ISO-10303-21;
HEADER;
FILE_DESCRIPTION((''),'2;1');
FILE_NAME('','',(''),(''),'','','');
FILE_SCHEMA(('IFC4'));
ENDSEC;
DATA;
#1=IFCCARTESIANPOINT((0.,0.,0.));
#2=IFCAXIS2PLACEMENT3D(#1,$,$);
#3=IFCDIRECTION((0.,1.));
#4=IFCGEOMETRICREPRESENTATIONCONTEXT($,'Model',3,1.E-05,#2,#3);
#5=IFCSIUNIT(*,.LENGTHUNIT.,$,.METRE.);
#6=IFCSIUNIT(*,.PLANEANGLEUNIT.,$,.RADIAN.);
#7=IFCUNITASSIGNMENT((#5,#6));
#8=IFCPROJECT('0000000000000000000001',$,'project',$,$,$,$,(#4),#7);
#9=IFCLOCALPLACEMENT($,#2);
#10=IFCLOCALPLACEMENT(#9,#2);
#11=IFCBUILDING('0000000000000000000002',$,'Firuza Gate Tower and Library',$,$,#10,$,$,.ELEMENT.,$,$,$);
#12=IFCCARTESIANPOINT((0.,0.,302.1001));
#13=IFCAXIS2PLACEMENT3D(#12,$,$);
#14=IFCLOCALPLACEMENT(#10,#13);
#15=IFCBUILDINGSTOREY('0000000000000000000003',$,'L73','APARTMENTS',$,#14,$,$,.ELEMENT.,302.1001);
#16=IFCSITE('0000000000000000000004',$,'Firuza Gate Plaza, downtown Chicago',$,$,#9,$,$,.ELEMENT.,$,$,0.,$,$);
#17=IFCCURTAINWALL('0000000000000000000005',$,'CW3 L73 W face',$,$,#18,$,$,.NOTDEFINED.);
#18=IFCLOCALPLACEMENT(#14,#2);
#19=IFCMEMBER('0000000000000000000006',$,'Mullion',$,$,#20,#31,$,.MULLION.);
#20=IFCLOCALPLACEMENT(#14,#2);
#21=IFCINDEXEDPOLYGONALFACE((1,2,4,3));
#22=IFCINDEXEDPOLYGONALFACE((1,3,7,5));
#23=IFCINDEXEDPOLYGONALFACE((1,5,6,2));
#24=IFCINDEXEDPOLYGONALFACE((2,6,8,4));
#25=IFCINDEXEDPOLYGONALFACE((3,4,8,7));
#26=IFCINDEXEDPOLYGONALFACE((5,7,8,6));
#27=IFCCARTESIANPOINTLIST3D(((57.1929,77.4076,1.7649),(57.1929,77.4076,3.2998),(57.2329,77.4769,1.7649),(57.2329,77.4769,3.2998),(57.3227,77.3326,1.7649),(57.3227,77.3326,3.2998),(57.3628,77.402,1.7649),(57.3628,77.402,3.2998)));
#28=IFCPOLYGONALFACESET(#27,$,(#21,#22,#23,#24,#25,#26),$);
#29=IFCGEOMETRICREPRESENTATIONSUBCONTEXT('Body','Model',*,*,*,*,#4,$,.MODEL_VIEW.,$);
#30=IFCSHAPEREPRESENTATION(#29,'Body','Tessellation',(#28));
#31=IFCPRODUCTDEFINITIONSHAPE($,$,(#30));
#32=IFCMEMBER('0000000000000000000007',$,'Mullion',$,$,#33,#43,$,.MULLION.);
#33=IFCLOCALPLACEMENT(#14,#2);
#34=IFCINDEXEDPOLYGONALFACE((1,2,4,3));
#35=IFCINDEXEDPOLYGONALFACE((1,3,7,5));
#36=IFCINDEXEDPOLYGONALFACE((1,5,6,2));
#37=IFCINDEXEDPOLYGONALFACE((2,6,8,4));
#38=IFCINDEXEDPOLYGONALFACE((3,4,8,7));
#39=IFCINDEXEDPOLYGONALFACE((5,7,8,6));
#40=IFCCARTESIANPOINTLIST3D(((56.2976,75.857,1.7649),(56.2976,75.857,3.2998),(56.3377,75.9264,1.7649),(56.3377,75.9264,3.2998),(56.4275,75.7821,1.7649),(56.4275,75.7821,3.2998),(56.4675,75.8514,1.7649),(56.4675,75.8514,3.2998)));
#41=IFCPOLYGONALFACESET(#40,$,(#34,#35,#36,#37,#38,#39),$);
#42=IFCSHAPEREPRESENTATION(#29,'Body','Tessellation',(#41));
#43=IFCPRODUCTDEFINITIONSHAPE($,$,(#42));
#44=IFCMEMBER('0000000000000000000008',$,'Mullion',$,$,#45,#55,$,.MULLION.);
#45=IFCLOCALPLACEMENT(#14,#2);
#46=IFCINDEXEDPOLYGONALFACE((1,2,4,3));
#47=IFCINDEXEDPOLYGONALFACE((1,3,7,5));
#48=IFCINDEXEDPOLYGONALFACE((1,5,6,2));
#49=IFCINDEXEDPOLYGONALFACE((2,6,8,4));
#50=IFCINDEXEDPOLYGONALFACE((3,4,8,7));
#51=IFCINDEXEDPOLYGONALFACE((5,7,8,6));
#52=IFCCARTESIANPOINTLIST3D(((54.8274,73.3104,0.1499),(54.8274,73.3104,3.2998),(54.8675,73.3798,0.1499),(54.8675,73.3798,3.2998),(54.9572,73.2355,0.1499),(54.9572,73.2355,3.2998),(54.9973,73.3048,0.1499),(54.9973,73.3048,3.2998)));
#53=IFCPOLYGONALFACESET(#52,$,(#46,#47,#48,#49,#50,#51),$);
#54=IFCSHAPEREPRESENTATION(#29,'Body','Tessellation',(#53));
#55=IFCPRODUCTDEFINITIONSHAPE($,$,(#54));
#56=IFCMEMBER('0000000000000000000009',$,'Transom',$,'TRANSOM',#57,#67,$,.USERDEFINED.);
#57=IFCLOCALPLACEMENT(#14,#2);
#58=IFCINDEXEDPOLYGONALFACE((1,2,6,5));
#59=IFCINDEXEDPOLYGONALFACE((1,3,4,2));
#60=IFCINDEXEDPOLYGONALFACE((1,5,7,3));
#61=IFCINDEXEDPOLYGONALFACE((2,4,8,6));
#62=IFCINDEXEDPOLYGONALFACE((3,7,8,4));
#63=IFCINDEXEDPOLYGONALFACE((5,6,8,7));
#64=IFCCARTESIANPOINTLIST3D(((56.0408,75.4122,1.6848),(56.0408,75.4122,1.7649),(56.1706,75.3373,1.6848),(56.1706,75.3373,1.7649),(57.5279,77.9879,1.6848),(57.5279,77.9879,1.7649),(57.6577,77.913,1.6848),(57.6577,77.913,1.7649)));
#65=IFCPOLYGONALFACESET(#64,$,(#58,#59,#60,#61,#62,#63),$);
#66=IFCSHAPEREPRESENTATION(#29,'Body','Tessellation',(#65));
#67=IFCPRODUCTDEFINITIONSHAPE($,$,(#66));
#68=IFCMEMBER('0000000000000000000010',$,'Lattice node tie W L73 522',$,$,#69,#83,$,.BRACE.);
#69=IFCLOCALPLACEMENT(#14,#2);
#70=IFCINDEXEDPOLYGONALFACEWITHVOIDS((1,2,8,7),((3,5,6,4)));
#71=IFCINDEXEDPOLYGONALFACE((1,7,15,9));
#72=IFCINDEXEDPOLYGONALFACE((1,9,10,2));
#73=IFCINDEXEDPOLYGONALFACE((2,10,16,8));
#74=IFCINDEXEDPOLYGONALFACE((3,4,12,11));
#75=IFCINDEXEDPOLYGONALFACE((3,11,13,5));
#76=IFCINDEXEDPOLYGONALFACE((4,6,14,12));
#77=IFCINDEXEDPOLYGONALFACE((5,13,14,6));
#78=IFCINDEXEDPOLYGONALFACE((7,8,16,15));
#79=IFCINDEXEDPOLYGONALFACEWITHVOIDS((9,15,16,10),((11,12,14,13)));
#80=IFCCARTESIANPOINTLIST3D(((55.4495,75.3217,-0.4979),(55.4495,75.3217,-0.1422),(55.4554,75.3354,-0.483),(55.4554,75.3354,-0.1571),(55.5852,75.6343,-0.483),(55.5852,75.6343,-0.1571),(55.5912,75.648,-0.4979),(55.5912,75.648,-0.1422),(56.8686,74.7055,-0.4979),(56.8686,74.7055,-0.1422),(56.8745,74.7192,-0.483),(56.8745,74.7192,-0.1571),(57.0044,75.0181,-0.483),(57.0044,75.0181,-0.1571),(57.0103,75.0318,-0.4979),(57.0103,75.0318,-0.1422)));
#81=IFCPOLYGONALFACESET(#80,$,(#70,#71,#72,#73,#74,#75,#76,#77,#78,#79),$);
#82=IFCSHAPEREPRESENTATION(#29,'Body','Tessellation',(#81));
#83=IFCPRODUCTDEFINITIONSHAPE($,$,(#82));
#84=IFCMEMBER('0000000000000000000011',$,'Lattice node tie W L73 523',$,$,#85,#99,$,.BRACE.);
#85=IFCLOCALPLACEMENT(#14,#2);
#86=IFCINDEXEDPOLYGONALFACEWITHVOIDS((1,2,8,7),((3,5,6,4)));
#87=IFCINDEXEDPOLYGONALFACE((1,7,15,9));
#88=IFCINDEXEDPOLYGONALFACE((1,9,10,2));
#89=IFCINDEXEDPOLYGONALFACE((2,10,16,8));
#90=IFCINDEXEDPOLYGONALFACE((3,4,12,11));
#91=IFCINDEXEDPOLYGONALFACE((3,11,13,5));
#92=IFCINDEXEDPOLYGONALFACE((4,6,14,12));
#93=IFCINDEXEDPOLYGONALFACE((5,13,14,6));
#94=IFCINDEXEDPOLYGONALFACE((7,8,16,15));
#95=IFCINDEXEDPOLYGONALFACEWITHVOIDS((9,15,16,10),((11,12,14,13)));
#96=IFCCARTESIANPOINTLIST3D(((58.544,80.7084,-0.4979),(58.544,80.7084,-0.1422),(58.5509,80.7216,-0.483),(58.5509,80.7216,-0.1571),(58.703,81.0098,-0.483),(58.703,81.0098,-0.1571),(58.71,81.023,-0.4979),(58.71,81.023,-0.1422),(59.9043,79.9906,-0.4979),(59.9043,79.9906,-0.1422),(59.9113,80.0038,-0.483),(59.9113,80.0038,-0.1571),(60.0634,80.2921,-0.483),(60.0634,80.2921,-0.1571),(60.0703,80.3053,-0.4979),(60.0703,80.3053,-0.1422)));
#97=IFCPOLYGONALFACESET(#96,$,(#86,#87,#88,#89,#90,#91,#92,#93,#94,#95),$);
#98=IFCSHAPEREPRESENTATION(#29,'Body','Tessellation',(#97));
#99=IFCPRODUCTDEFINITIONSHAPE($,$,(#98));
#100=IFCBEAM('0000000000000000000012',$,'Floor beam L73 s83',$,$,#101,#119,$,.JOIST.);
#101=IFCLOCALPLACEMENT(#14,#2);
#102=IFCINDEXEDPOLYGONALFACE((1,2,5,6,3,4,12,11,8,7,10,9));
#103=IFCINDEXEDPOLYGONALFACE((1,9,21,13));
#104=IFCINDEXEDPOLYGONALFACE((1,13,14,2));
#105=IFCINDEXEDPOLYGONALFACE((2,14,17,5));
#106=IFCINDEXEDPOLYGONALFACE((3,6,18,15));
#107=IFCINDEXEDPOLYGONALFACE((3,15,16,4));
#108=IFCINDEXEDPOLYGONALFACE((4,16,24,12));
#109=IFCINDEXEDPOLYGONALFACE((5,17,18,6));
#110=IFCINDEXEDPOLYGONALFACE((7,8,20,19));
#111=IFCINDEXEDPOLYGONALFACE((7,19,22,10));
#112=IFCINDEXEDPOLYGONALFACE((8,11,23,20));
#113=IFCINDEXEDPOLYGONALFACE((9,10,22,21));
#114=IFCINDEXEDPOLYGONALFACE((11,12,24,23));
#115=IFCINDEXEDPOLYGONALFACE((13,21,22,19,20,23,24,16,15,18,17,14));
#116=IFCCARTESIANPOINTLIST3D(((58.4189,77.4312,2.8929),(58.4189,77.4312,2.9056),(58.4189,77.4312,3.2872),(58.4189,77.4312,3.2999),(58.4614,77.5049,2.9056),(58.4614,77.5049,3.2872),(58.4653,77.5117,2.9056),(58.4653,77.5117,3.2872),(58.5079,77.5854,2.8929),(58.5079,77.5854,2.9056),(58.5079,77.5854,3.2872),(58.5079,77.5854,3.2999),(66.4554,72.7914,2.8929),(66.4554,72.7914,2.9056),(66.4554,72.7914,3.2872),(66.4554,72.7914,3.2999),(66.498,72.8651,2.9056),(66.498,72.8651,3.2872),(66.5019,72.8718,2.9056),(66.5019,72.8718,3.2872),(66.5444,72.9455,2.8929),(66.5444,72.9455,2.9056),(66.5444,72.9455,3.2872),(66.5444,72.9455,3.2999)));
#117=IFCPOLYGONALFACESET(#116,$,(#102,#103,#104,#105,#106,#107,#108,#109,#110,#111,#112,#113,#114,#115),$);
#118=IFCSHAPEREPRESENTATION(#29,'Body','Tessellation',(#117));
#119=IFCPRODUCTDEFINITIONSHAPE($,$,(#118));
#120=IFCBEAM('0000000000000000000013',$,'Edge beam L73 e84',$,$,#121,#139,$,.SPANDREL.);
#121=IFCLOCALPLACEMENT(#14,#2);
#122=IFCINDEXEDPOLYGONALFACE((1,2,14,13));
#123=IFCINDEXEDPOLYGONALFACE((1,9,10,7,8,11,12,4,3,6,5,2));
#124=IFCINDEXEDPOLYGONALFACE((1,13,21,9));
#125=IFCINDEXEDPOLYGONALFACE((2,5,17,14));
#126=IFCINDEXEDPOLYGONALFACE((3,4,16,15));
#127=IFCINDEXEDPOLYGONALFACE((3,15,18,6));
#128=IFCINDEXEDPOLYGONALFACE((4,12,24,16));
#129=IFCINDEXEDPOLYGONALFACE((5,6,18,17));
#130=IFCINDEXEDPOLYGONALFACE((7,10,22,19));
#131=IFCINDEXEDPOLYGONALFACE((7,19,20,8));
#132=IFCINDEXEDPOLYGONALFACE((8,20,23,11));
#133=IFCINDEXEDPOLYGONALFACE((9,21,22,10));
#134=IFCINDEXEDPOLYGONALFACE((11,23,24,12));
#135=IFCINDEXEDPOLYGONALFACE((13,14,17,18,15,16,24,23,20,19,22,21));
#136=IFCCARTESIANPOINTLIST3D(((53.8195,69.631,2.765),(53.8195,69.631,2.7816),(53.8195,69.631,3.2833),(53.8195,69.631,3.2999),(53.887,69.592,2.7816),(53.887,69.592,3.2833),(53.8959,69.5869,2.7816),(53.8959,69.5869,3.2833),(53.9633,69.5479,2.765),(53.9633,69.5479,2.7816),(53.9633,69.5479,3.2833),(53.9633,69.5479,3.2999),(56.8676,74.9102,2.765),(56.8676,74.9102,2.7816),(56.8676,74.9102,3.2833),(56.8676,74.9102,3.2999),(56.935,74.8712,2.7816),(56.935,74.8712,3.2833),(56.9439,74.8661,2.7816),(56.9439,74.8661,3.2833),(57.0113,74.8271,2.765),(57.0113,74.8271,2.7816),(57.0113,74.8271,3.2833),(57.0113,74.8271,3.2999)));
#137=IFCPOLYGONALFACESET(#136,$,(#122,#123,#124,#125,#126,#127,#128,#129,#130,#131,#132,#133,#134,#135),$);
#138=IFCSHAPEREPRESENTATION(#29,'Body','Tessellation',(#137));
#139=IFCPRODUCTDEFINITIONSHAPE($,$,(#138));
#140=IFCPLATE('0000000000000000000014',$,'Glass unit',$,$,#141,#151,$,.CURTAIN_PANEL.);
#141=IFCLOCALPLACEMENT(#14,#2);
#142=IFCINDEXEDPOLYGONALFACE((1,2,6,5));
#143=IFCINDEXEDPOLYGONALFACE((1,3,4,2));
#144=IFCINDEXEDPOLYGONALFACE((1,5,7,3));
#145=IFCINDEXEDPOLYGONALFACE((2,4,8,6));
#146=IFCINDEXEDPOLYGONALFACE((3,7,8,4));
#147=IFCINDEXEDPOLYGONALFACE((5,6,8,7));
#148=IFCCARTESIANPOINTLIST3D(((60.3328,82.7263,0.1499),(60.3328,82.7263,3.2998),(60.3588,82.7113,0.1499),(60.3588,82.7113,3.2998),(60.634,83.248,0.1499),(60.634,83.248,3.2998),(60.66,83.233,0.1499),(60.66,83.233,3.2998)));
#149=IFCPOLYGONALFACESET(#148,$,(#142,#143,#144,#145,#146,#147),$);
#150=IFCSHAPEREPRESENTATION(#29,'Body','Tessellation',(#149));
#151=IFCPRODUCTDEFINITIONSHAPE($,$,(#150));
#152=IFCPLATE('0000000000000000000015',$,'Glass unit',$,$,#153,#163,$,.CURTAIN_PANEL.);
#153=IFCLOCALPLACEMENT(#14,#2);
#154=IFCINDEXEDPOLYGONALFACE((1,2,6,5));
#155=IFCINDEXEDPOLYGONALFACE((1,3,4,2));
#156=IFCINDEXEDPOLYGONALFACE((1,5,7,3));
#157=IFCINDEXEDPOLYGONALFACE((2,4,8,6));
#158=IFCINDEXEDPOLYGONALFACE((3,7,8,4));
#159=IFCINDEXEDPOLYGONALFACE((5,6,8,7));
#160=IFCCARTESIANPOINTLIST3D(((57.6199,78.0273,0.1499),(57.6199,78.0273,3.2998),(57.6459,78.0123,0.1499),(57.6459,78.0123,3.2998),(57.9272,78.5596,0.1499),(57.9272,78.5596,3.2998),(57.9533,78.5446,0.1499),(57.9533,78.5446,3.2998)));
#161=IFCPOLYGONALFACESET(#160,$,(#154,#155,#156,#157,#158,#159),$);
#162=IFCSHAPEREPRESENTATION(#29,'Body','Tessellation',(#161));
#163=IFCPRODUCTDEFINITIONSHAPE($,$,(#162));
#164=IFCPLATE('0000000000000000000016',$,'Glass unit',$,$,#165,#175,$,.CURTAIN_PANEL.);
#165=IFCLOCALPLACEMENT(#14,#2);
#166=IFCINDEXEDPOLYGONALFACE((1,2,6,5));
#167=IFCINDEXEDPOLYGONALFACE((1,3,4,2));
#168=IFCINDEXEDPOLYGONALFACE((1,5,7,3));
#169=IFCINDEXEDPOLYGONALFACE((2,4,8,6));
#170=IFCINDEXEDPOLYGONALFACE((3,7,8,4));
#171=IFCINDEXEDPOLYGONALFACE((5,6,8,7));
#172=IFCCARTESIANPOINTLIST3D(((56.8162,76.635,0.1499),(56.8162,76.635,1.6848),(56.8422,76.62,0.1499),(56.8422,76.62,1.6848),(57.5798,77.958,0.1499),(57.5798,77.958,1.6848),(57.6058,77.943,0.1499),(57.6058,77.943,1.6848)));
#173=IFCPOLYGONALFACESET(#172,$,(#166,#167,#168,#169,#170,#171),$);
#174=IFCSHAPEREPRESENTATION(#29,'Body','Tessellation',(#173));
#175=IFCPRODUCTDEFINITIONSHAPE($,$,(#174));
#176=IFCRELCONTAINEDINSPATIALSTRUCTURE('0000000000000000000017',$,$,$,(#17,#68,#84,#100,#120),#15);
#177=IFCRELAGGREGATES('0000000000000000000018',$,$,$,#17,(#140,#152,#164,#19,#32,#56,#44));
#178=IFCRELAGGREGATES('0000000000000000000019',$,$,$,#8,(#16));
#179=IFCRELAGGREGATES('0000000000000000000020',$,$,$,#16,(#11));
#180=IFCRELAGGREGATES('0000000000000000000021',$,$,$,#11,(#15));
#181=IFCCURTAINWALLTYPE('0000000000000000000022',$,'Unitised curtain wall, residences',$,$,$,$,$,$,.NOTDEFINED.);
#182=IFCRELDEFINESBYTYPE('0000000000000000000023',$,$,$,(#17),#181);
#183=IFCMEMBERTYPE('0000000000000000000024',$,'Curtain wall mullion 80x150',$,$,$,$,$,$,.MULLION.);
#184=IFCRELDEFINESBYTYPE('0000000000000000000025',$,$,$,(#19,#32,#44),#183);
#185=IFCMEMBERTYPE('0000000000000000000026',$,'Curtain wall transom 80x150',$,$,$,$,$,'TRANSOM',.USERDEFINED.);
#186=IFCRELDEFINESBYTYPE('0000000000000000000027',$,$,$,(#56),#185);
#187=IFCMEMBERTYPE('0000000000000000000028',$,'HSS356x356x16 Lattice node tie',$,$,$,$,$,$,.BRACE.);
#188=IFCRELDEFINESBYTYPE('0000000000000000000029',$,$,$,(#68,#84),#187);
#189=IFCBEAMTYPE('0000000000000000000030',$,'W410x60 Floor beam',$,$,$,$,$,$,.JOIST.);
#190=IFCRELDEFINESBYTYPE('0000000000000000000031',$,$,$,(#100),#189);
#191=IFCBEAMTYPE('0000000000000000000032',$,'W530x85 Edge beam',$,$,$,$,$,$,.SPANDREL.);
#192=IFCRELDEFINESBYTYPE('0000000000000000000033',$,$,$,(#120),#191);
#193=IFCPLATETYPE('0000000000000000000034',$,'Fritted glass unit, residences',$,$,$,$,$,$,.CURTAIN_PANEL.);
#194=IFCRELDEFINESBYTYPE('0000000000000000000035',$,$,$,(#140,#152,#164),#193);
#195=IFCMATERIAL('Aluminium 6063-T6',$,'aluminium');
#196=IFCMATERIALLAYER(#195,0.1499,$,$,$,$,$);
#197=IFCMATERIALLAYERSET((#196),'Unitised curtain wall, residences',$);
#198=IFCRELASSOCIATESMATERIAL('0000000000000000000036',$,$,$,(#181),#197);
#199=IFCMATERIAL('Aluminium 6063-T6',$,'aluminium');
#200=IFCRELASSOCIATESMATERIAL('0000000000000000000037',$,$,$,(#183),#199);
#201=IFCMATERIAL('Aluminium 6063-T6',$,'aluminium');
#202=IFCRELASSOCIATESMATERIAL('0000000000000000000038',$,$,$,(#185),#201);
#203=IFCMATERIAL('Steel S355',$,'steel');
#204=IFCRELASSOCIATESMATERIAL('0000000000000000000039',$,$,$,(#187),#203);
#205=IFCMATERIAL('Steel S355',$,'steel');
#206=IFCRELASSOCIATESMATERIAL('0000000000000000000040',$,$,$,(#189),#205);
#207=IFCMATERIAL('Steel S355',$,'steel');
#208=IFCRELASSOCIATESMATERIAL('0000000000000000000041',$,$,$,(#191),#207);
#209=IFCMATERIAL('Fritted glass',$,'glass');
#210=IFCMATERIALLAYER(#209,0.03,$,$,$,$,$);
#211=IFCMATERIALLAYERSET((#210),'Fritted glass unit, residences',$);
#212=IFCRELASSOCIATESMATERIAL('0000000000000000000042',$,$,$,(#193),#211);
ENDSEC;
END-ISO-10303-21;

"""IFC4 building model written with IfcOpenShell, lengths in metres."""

from ifc_helpers import new_model, si_unit, direction, frame, origin, origin_2d, place, context, subcontext, project, spatial, polyline, rectangle, hollow_rectangle, i_section, outline, extrude, material, layer, layer_set, material_profile, profile_set, type_object, element, aggregate, save


model = new_model("IFC4")

# Units and contexts
model_context = context("Model", 3, precision=1e-05, world=origin(), true_north=direction((0.0, 1.0)))
body_context = subcontext(model_context, "Body", "Model", "MODEL_VIEW")
ifc_project = project(units=[si_unit("LENGTHUNIT", "METRE"), si_unit("PLANEANGLEUNIT", "RADIAN")], contexts=[model_context])

# Site, building, storey
site_placement = place(None, origin())
site = spatial("IfcSite", under=ifc_project, at=site_placement, Name="Firuza Gate Plaza, downtown Chicago", CompositionType="ELEMENT", RefElevation=0.0)
building_placement = place(site_placement, origin())
building = spatial("IfcBuilding", under=site, at=building_placement, Name="Firuza Gate Tower and Library", CompositionType="ELEMENT")
storey_placement = place(building_placement, frame((0.0, 0.0, 302.1001)))
storey = spatial("IfcBuildingStorey", under=building, at=storey_placement, Name="L73", Description="APARTMENTS", CompositionType="ELEMENT", Elevation=302.1001)

# Curtain wall, members
ifc_material_1 = material(Name="Aluminium 6063-T6", Category="aluminium")
ifc_layer_1 = layer(ifc_material_1, 0.1499)
ifc_layer_set_1 = layer_set([ifc_layer_1], Name="Unitised curtain wall, residences")
curtain_wall_type = type_object("IfcCurtainWallType", Name="Unitised curtain wall, residences", PredefinedType="NOTDEFINED", material=ifc_layer_set_1)
curtain_wall_placement = place(storey_placement, origin())
curtain_wall = element("IfcCurtainWall", 1, at=curtain_wall_placement, inside=storey, type_object=curtain_wall_type, Name="CW3 L73 W face", PredefinedType="NOTDEFINED")
ifc_material_2 = material(Name="Aluminium 6063-T6", Category="aluminium")
ifc_material_profile_1 = material_profile(ifc_material_2, rectangle(XDim=0.1499, YDim=0.0801, at=origin_2d()))
ifc_profile_set_1 = profile_set([ifc_material_profile_1], Name="Aluminium 6063-T6")
member_type_1 = type_object("IfcMemberType", Name="Curtain wall mullion 80x150", PredefinedType="MULLION", material=ifc_profile_set_1)
member_1_placement = place(storey_placement, frame((57.2778, 77.4048, 1.7649), z_axis=(0.0, 0.0, 1.0), x_axis=(0.866025, -0.5, 0.0)))
member_1 = element("IfcMember", 2, at=member_1_placement, type_object=member_type_1, Name="Mullion", PredefinedType="MULLION", context=body_context, shape_type="SweptSolid", body=[
    extrude(rectangle(XDim=0.1499, YDim=0.0801, at=origin_2d()), origin(), (0.0, 0.0, 1.0), 1.5349),
])
member_2_placement = place(storey_placement, frame((56.3826, 75.8542, 1.7649), z_axis=(0.0, 0.0, 1.0), x_axis=(0.866025, -0.5, 0.0)))
member_2 = element("IfcMember", 3, at=member_2_placement, type_object=member_type_1, Name="Mullion", PredefinedType="MULLION", context=body_context, shape_type="SweptSolid", body=[
    extrude(rectangle(XDim=0.1499, YDim=0.0801, at=origin_2d()), origin(), (0.0, 0.0, 1.0), 1.5349),
])
member_3_placement = place(storey_placement, frame((54.9124, 73.3076, 0.1499), z_axis=(0.0, 0.0, 1.0), x_axis=(0.866025, -0.5, 0.0)))
member_3 = element("IfcMember", 4, at=member_3_placement, type_object=member_type_1, Name="Mullion", PredefinedType="MULLION", context=body_context, shape_type="SweptSolid", body=[
    extrude(rectangle(XDim=0.1499, YDim=0.0801, at=origin_2d()), origin(), (0.0, 0.0, 1.0), 3.1499),
])
ifc_material_3 = material(Name="Aluminium 6063-T6", Category="aluminium")
ifc_material_profile_2 = material_profile(ifc_material_3, rectangle(XDim=0.1499, YDim=0.0801, at=origin_2d()))
ifc_profile_set_2 = profile_set([ifc_material_profile_2], Name="Aluminium 6063-T6")
member_type_2 = type_object("IfcMemberType", Name="Curtain wall transom 80x150", ElementType="TRANSOM", PredefinedType="USERDEFINED", material=ifc_profile_set_2)
member_4_placement = place(storey_placement, frame((57.5928, 77.9504, 1.7249), z_axis=(-0.499997, -0.866027, 0.0), x_axis=(0.866027, -0.499997, 0.0)))
member_4 = element("IfcMember", 5, at=member_4_placement, type_object=member_type_2, Name="Transom", ObjectType="TRANSOM", PredefinedType="USERDEFINED", context=body_context, shape_type="SweptSolid", body=[
    extrude(rectangle(XDim=0.1499, YDim=0.0801, at=origin_2d()), origin(), (0.0, 0.0, 1.0), 2.9741),
])

# Members
ifc_material_4 = material(Name="Steel S355", Category="steel")
ifc_material_profile_3 = material_profile(ifc_material_4, hollow_rectangle(XDim=0.3557, YDim=0.3557, WallThickness=0.0149, at=origin_2d()))
ifc_profile_set_3 = profile_set([ifc_material_profile_3], Name="Steel S355")
member_type_3 = type_object("IfcMemberType", Name="HSS356x356x16 Lattice node tie", PredefinedType="BRACE", material=ifc_profile_set_3)
member_5_placement = place(storey_placement, frame((56.9395, 74.8687, -0.3201), z_axis=(-0.917266, 0.398276, 0.0), x_axis=(-0.398276, -0.917266, 0.0)))
element("IfcMember", 6, at=member_5_placement, inside=storey, type_object=member_type_3, Name="Lattice node tie W L73 522", PredefinedType="BRACE", context=body_context, shape_type="SweptSolid", body=[
    extrude(hollow_rectangle(XDim=0.3557, YDim=0.3557, WallThickness=0.0149, at=origin_2d()), origin(), (0.0, 0.0, 1.0), 1.5471),
])
member_6_placement = place(storey_placement, frame((59.9873, 80.1479, -0.3201), z_axis=(-0.884436, 0.466662, 0.0), x_axis=(-0.466662, -0.884436, 0.0)))
element("IfcMember", 7, at=member_6_placement, inside=storey, type_object=member_type_3, Name="Lattice node tie W L73 523", PredefinedType="BRACE", context=body_context, shape_type="SweptSolid", body=[
    extrude(hollow_rectangle(XDim=0.3557, YDim=0.3557, WallThickness=0.0149, at=origin_2d()), origin(), (0.0, 0.0, 1.0), 1.5381),
])

# Beams
ifc_material_5 = material(Name="Steel S355", Category="steel")
ifc_material_profile_4 = material_profile(ifc_material_5, i_section(OverallWidth=0.178, OverallDepth=0.407, WebThickness=0.0078, FlangeThickness=0.0127, at=origin_2d()))
ifc_profile_set_4 = profile_set([ifc_material_profile_4], Name="Steel S355")
beam_type_1 = type_object("IfcBeamType", Name="W410x60 Floor beam", PredefinedType="JOIST", material=ifc_profile_set_4)
beam_1_placement = place(storey_placement, frame((58.4634, 77.5083, 3.0964), z_axis=(0.866028, -0.499996, 0.0), x_axis=(0.499996, 0.866028, 0.0)))
element("IfcBeam", 8, at=beam_1_placement, inside=storey, type_object=beam_type_1, Name="Floor beam L73 s83", PredefinedType="JOIST", context=body_context, shape_type="SweptSolid", body=[
    extrude(i_section(OverallWidth=0.178, OverallDepth=0.407, WebThickness=0.0078, FlangeThickness=0.0127, at=origin_2d()), origin(), (0.0, 0.0, 1.0), 9.2798),
])
ifc_material_6 = material(Name="Steel S355", Category="steel")
ifc_material_profile_5 = material_profile(ifc_material_6, i_section(OverallWidth=0.166, OverallDepth=0.5349, WebThickness=0.0103, FlangeThickness=0.0166, at=origin_2d()))
ifc_profile_set_5 = profile_set([ifc_material_profile_5], Name="Steel S355")
beam_type_2 = type_object("IfcBeamType", Name="W530x85 Edge beam", PredefinedType="SPANDREL", material=ifc_profile_set_5)
beam_2_placement = place(storey_placement, frame((56.9395, 74.8687, 3.0325), z_axis=(-0.500011, -0.866019, 0.0), x_axis=(0.866019, -0.500011, 0.0)))
element("IfcBeam", 9, at=beam_2_placement, inside=storey, type_object=beam_type_2, Name="Edge beam L73 e84", PredefinedType="SPANDREL", context=body_context, shape_type="SweptSolid", body=[
    extrude(i_section(OverallWidth=0.166, OverallDepth=0.5349, WebThickness=0.0103, FlangeThickness=0.0166, at=origin_2d()), origin(), (0.0, 0.0, 1.0), 6.0959),
])

# Plates
ifc_material_7 = material(Name="Fritted glass", Category="glass")
ifc_layer_2 = layer(ifc_material_7, 0.03)
ifc_layer_set_2 = layer_set([ifc_layer_2], Name="Fritted glass unit, residences")
plate_type_1 = type_object("IfcPlateType", Name="Fritted glass unit, residences", PredefinedType="CURTAIN_PANEL", material=ifc_layer_set_2)
plate_1_placement = place(storey_placement, frame((60.634, 83.248, 0.1499), z_axis=(-0.86599, 0.500062, 0.0), x_axis=(-0.500062, -0.86599, 0.0)))
plate_1 = element("IfcPlate", 10, at=plate_1_placement, type_object=plate_type_1, Name="Glass unit", PredefinedType="CURTAIN_PANEL", context=body_context, shape_type="SweptSolid", body=[
    extrude(outline(polyline([(0.0, 0.0), (0.6025, 0.0), (0.6025, 3.1499), (0.0, 3.1499), (0.0, 0.0)])), origin(), (0.0, 0.0, -1.0), 0.03),
])
plate_2_placement = place(storey_placement, frame((57.9272, 78.5596, 0.1499), z_axis=(-0.865961, 0.500112, 0.0), x_axis=(-0.500112, -0.865961, 0.0)))
plate_2 = element("IfcPlate", 11, at=plate_2_placement, type_object=plate_type_1, Name="Glass unit", PredefinedType="CURTAIN_PANEL", context=body_context, shape_type="SweptSolid", body=[
    extrude(outline(polyline([(0.0, 0.0), (0.6146, 0.0), (0.6146, 3.1499), (0.0, 3.1499), (0.0, 0.0)])), origin(), (0.0, 0.0, -1.0), 0.03),
])
plate_3_placement = place(storey_placement, frame((57.5798, 77.958, 0.1499), z_axis=(-0.866071, 0.499921, 0.0), x_axis=(-0.499921, -0.866071, 0.0)))
plate_3 = element("IfcPlate", 12, at=plate_3_placement, type_object=plate_type_1, Name="Glass unit", PredefinedType="CURTAIN_PANEL", context=body_context, shape_type="SweptSolid", body=[
    extrude(outline(polyline([(0.0, 0.0), (1.5276, 0.0), (1.5276, 1.5349), (0.0, 1.5349), (0.0, 0.0)])), origin(), (0.0, 0.0, -1.0), 0.03),
])
aggregate(curtain_wall, [plate_1, plate_2, plate_3, member_1, member_2, member_4, member_3])

save(model, "model.ifc")
